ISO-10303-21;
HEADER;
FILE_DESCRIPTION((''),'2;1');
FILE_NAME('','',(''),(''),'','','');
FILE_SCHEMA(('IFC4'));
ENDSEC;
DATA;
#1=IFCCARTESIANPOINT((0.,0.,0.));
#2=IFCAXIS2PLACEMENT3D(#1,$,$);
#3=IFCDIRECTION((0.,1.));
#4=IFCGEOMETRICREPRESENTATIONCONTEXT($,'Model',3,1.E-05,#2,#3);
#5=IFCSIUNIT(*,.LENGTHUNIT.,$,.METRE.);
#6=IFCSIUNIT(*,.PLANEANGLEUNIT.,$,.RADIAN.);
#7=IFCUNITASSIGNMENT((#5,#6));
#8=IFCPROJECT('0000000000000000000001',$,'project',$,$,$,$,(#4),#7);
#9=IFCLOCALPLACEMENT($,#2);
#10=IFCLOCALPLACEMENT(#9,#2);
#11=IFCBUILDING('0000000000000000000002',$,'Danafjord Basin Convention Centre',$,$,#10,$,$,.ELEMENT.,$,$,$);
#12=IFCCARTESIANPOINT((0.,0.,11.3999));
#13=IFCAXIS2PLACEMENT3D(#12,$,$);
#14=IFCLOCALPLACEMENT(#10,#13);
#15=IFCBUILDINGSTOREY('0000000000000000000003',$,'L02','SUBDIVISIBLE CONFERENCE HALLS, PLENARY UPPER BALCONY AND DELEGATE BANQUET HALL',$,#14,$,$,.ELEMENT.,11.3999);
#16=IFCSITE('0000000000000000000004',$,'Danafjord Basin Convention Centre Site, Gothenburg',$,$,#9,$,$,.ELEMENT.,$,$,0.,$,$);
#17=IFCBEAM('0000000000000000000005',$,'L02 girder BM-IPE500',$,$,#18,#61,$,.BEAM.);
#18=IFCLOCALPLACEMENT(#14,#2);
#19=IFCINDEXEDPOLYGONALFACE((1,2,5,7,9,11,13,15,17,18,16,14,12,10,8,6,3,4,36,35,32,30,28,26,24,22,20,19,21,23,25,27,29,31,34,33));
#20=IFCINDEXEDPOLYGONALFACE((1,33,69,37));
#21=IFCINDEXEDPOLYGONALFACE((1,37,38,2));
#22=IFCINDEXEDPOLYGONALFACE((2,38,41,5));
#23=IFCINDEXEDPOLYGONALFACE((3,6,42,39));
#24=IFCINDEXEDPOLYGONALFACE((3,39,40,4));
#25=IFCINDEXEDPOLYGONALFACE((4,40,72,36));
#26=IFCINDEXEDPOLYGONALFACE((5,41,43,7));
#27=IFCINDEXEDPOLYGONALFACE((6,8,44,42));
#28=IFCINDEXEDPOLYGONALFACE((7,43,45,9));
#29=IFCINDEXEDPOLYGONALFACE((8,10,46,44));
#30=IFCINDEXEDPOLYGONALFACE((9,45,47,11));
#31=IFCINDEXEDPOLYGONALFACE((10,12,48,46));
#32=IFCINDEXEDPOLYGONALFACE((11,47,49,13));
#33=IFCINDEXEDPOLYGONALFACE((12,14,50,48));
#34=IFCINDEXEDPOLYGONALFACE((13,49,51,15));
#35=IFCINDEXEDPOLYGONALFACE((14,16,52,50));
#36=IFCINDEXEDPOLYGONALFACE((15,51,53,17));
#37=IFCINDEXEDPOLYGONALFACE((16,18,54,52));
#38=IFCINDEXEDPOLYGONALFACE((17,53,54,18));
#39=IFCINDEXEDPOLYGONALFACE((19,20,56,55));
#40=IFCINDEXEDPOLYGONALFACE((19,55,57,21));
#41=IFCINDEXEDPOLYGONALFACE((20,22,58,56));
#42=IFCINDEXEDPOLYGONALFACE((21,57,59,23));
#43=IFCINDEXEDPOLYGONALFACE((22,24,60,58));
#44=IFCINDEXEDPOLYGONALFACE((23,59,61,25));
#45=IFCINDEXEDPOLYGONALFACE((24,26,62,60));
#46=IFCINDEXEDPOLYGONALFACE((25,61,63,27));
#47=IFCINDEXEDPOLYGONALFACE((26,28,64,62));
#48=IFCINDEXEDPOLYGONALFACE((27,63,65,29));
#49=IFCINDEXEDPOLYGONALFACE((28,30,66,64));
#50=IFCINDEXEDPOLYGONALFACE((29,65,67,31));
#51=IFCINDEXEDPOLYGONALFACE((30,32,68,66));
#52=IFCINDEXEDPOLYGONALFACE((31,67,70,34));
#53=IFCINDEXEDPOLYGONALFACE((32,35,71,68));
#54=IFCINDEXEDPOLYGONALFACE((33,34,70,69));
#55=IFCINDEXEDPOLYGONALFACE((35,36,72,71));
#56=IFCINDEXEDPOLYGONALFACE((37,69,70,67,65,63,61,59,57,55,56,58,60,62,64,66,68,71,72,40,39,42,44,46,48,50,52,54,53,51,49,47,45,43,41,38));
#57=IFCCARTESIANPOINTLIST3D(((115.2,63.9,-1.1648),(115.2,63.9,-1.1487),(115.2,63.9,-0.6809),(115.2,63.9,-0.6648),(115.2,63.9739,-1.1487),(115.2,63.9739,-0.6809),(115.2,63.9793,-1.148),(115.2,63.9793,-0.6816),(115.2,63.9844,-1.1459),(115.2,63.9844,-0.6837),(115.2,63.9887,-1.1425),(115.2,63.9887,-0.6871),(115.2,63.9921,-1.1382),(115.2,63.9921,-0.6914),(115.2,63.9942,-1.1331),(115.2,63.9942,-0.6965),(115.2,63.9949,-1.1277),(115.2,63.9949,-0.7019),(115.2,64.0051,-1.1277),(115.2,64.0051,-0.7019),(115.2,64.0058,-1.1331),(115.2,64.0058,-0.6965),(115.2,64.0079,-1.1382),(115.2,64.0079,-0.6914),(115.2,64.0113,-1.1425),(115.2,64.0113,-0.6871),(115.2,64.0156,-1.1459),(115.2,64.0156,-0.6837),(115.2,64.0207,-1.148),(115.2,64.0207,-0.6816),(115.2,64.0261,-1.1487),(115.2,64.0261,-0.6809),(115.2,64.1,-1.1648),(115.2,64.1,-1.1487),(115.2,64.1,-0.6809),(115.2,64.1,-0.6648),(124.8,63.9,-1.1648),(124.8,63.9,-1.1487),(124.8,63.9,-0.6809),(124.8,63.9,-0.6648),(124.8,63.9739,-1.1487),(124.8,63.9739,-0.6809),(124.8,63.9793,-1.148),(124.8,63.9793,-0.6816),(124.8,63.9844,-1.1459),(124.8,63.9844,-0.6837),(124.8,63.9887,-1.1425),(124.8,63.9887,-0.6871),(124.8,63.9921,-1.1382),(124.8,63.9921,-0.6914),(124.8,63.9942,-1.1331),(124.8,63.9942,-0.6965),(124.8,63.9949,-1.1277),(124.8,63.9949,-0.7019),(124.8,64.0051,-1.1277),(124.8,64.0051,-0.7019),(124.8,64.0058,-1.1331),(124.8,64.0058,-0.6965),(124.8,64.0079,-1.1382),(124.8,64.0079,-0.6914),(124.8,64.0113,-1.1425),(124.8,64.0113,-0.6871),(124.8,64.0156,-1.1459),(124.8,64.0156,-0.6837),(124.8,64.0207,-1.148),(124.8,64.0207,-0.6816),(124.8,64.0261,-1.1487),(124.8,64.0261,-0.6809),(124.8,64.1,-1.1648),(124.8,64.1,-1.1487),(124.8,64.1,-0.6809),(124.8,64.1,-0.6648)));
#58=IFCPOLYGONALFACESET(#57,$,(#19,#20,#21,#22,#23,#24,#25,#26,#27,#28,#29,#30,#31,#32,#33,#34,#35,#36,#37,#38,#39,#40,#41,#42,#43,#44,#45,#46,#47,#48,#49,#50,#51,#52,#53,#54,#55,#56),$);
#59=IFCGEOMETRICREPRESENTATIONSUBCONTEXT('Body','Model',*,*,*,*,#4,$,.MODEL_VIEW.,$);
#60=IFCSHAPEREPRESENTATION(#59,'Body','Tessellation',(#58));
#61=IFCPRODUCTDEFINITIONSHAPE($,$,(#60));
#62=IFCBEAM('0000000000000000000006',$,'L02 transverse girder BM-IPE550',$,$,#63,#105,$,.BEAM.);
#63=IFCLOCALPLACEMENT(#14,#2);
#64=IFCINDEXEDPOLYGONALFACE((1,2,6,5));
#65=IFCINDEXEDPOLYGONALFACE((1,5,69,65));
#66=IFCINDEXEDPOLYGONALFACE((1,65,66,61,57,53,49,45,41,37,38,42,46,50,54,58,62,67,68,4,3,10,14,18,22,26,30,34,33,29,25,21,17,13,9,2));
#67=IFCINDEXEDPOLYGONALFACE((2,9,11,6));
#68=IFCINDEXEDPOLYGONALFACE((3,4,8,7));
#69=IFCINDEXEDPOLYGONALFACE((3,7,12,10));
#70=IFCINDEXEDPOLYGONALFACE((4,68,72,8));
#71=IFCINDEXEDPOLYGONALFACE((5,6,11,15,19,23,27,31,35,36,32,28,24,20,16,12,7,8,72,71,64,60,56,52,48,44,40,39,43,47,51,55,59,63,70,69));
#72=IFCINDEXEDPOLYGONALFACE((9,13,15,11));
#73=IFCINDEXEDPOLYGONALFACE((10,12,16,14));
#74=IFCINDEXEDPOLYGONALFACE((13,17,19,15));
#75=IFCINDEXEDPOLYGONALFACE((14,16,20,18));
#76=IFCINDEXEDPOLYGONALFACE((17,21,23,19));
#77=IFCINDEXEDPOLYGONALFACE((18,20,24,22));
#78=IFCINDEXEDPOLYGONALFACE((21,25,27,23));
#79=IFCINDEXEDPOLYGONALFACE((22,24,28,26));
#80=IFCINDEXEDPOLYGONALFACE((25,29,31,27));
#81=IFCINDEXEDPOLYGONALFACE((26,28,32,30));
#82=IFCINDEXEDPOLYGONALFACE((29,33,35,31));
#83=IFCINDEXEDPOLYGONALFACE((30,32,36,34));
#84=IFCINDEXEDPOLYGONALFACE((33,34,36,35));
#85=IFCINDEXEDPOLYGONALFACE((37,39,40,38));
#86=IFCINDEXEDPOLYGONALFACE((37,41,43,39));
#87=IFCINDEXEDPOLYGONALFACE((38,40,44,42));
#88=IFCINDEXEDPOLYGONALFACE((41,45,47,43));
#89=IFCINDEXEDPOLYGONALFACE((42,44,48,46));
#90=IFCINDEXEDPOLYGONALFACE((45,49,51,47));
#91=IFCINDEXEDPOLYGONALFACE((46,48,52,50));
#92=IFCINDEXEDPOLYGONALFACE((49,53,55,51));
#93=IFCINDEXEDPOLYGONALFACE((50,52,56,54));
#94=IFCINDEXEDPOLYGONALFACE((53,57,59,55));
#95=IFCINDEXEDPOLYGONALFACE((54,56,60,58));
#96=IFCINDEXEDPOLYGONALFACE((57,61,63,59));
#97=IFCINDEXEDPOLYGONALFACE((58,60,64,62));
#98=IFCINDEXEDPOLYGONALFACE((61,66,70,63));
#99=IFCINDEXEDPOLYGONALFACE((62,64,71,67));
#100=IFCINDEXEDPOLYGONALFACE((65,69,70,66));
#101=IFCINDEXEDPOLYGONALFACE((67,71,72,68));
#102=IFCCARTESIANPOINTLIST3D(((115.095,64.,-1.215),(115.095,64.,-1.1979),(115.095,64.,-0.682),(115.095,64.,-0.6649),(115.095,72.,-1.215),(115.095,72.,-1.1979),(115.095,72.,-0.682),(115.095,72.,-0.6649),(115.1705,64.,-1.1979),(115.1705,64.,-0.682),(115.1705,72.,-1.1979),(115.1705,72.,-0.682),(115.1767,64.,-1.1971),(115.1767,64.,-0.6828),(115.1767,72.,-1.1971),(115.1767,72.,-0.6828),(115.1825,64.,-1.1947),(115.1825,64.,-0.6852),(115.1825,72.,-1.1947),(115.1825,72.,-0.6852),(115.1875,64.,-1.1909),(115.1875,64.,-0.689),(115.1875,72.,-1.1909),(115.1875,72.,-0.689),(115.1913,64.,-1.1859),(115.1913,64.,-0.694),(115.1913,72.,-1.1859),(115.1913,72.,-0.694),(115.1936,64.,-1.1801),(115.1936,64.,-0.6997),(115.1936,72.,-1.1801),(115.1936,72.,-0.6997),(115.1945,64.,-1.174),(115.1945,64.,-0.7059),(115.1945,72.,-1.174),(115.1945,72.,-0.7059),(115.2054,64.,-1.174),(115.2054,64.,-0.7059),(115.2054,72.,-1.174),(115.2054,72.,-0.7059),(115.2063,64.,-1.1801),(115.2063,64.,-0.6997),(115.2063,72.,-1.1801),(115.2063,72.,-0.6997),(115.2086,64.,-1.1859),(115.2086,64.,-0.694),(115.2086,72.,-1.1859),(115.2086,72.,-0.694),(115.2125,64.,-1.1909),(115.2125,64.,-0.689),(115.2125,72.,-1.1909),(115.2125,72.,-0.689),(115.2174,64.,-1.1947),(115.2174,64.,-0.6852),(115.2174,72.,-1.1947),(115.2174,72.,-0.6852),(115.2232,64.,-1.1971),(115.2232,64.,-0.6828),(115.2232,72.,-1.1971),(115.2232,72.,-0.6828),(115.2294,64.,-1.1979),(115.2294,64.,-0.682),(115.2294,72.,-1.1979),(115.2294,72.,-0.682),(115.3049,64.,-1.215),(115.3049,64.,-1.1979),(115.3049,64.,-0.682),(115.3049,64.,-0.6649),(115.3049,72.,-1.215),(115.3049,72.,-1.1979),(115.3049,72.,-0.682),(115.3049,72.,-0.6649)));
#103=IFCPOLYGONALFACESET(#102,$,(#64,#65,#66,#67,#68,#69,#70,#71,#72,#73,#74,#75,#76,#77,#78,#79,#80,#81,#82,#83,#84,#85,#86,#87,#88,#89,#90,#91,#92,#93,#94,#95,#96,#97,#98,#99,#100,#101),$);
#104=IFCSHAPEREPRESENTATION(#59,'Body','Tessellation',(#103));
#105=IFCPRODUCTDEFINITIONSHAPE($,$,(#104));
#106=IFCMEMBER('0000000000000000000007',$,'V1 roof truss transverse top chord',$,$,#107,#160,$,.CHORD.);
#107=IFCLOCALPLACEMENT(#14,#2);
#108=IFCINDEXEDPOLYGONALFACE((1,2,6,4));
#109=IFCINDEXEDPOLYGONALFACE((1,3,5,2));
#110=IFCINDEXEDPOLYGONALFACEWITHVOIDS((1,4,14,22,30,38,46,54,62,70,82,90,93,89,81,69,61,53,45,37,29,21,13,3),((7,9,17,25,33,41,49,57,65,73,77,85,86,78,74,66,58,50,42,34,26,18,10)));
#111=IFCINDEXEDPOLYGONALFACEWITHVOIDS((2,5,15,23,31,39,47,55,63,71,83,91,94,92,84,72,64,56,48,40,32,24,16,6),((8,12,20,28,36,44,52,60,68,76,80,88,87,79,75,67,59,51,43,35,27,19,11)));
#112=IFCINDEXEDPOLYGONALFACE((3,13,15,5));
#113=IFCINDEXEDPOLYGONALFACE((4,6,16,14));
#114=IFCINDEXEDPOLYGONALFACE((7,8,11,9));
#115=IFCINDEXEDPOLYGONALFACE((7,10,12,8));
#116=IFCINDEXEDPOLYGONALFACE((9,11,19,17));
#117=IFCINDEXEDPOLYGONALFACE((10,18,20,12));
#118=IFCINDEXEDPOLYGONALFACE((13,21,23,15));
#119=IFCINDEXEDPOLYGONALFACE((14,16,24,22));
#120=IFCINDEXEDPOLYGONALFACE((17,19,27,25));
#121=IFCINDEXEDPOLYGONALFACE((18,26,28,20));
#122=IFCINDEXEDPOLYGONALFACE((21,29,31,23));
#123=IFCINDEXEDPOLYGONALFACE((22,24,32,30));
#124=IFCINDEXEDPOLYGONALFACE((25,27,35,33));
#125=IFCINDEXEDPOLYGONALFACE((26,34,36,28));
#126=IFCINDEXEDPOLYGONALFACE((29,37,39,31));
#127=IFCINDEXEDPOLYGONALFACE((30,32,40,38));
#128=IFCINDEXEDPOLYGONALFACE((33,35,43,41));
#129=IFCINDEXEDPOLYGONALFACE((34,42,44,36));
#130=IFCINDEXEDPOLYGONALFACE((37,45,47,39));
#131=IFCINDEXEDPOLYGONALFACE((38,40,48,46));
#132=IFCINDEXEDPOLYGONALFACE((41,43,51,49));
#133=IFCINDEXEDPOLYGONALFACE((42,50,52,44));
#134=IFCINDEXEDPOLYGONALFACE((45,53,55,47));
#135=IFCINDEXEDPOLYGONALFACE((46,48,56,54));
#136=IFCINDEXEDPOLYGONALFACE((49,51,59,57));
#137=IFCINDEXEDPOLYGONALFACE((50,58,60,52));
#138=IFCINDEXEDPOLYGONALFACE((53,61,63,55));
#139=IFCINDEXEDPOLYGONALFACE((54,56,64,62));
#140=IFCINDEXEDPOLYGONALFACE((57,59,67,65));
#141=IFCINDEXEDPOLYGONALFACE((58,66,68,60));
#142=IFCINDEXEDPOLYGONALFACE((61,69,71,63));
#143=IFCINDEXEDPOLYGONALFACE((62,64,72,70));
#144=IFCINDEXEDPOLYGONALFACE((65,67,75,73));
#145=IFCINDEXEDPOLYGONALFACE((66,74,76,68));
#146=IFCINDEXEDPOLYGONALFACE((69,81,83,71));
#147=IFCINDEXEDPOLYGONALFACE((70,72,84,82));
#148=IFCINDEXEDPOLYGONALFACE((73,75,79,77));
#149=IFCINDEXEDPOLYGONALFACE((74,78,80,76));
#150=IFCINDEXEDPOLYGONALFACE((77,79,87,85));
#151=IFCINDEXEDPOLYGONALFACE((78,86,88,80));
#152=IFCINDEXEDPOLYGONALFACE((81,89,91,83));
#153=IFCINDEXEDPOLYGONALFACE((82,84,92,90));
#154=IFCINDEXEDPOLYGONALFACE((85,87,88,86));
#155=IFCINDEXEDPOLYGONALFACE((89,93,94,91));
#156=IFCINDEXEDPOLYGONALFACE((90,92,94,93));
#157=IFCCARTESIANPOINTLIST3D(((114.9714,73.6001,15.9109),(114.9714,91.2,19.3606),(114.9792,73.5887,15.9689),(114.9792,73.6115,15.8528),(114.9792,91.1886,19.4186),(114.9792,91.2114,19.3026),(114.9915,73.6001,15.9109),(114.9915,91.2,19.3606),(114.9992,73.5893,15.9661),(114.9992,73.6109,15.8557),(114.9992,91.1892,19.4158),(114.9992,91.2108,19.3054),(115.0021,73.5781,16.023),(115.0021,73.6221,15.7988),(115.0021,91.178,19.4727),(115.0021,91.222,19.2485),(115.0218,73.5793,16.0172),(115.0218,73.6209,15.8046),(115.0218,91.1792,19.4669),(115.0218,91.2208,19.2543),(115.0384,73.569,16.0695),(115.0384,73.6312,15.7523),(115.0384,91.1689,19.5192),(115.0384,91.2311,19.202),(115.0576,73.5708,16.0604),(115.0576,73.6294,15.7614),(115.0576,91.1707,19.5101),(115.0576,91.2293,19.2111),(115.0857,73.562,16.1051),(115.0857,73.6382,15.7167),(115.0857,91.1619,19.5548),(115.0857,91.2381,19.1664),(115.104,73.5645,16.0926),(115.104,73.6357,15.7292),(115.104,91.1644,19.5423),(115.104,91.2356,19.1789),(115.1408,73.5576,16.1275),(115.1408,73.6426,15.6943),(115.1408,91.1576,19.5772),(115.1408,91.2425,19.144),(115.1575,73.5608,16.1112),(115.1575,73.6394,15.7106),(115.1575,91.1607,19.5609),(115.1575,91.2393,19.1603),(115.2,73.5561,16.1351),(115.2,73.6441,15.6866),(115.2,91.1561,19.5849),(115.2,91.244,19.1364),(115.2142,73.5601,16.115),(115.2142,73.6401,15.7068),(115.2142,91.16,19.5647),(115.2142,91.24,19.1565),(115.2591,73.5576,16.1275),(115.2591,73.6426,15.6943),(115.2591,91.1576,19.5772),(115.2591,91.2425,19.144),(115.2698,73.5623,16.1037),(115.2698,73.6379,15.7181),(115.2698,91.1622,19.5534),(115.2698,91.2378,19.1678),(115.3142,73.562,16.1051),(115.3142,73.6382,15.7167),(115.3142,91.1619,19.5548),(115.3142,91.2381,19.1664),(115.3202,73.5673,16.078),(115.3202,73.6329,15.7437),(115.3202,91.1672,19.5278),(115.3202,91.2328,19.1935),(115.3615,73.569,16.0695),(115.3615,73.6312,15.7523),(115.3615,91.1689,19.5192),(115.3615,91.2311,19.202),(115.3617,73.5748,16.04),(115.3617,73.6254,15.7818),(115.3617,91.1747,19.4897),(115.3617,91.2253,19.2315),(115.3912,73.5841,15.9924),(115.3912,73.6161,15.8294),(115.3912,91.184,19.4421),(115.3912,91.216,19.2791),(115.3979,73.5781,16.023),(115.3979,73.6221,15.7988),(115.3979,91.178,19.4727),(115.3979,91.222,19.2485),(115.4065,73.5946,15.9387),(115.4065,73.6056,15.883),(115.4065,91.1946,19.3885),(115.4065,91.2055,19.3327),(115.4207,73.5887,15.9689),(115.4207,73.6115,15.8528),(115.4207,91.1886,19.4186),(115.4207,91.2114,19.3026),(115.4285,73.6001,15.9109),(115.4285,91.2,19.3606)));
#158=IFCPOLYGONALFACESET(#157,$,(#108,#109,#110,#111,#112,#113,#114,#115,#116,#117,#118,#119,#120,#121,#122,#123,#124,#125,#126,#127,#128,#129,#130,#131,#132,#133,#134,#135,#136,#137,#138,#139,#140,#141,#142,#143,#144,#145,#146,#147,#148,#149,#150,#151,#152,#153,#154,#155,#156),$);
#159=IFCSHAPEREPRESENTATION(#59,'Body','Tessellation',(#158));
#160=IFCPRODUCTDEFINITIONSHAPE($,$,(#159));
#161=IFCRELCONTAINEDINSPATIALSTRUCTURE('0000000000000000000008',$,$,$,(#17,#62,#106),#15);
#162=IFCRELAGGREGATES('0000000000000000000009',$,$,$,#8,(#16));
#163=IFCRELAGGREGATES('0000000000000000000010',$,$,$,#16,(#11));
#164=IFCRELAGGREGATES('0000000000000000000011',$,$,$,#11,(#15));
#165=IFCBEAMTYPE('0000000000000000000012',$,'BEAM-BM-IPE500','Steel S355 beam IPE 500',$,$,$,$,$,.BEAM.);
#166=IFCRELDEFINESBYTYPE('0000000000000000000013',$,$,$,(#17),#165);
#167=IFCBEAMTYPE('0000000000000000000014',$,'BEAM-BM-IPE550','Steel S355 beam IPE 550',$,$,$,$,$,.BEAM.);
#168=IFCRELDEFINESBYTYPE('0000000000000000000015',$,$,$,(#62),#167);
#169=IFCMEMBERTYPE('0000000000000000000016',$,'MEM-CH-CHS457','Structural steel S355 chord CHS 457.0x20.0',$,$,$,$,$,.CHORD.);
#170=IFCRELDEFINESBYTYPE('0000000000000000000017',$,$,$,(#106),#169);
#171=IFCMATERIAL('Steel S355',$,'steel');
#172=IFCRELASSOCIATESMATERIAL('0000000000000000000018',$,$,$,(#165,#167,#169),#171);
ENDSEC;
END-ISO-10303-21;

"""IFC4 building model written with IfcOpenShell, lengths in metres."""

from ifc_helpers import new_model, si_unit, direction, frame, origin, origin_2d, place, context, subcontext, project, spatial, hollow_circle, i_section, extrude, material, material_profile, profile_set, type_object, element, save


model = new_model("IFC4")

# Units and contexts
model_context = context("Model", 3, precision=1e-05, world=origin(), true_north=direction((0.0, 1.0)))
body_context = subcontext(model_context, "Body", "Model", "MODEL_VIEW")
ifc_project = project(units=[si_unit("LENGTHUNIT", "METRE"), si_unit("PLANEANGLEUNIT", "RADIAN")], contexts=[model_context])

# Site, building, storey
site_placement = place(None, origin())
site = spatial("IfcSite", under=ifc_project, at=site_placement, Name="Danafjord Basin Convention Centre Site, Gothenburg", CompositionType="ELEMENT", RefElevation=0.0)
building_placement = place(site_placement, origin())
building = spatial("IfcBuilding", under=site, at=building_placement, Name="Danafjord Basin Convention Centre", CompositionType="ELEMENT")
storey_placement = place(building_placement, frame((0.0, 0.0, 11.3999)))
storey = spatial("IfcBuildingStorey", under=building, at=storey_placement, Name="L02", Description="SUBDIVISIBLE CONFERENCE HALLS, PLENARY UPPER BALCONY AND DELEGATE BANQUET HALL", CompositionType="ELEMENT", Elevation=11.3999)

# Beams
ifc_material_1 = material(Name="Steel S355", Category="steel")
ifc_material_profile_1 = material_profile(ifc_material_1, i_section(OverallWidth=0.2, OverallDepth=0.5, WebThickness=0.0103, FlangeThickness=0.0161, FilletRadius=0.021, at=origin_2d()), Name="IPE 500")
ifc_profile_set_1 = profile_set([ifc_material_profile_1], Name="Steel S355")
beam_type_1 = type_object("IfcBeamType", Name="BEAM-BM-IPE500", Description="Steel S355 beam IPE 500", PredefinedType="BEAM", material=ifc_profile_set_1)
beam_1_placement = place(storey_placement, frame((115.2, 64.0, -0.9148), z_axis=(1.0, 0.0, 0.0), x_axis=(0.0, 1.0, 0.0)))
element("IfcBeam", 1, at=beam_1_placement, inside=storey, type_object=beam_type_1, Name="L02 girder BM-IPE500", PredefinedType="BEAM", context=body_context, shape_type="SweptSolid", body=[
    extrude(i_section(OverallWidth=0.2, OverallDepth=0.5, WebThickness=0.0103, FlangeThickness=0.0161, FilletRadius=0.021, at=origin_2d()), origin(), (0.0, 0.0, 1.0), 9.6001),
])
ifc_material_profile_2 = material_profile(ifc_material_1, i_section(OverallWidth=0.21, OverallDepth=0.55, WebThickness=0.011, FlangeThickness=0.0171, FilletRadius=0.0239, at=origin_2d()), Name="IPE 550")
ifc_profile_set_2 = profile_set([ifc_material_profile_2], Name="Steel S355")
beam_type_2 = type_object("IfcBeamType", Name="BEAM-BM-IPE550", Description="Steel S355 beam IPE 550", PredefinedType="BEAM", material=ifc_profile_set_2)
beam_2_placement = place(storey_placement, frame((115.2, 64.0, -0.9399), z_axis=(0.0, 1.0, 0.0), x_axis=(-1.0, 0.0, 0.0)))
element("IfcBeam", 2, at=beam_2_placement, inside=storey, type_object=beam_type_2, Name="L02 transverse girder BM-IPE550", PredefinedType="BEAM", context=body_context, shape_type="SweptSolid", body=[
    extrude(i_section(OverallWidth=0.21, OverallDepth=0.55, WebThickness=0.011, FlangeThickness=0.0171, FilletRadius=0.0239, at=origin_2d()), origin(), (0.0, 0.0, 1.0), 8.0),
])

# Member
ifc_material_profile_3 = material_profile(ifc_material_1, hollow_circle(Radius=0.2285, WallThickness=0.02, at=origin_2d()), Name="CHS 457.0x20.0")
ifc_profile_set_3 = profile_set([ifc_material_profile_3], Name="Steel S355")
member_type_1 = type_object("IfcMemberType", Name="MEM-CH-CHS457", Description="Structural steel S355 chord CHS 457.0x20.0", PredefinedType="CHORD", material=ifc_profile_set_3)
member_1_placement = place(storey_placement, frame((115.2, 73.6001, 15.9109), z_axis=(0.0, 0.981327, 0.192348), x_axis=(-1.0, 0.0, 0.0)))
element("IfcMember", 3, at=member_1_placement, inside=storey, type_object=member_type_1, Name="V1 roof truss transverse top chord", PredefinedType="CHORD", context=body_context, shape_type="SweptSolid", body=[
    extrude(hollow_circle(Radius=0.2285, WallThickness=0.02, at=origin_2d()), origin(), (0.0, 0.0, 1.0), 17.9348),
])

save(model, "model.ifc")
